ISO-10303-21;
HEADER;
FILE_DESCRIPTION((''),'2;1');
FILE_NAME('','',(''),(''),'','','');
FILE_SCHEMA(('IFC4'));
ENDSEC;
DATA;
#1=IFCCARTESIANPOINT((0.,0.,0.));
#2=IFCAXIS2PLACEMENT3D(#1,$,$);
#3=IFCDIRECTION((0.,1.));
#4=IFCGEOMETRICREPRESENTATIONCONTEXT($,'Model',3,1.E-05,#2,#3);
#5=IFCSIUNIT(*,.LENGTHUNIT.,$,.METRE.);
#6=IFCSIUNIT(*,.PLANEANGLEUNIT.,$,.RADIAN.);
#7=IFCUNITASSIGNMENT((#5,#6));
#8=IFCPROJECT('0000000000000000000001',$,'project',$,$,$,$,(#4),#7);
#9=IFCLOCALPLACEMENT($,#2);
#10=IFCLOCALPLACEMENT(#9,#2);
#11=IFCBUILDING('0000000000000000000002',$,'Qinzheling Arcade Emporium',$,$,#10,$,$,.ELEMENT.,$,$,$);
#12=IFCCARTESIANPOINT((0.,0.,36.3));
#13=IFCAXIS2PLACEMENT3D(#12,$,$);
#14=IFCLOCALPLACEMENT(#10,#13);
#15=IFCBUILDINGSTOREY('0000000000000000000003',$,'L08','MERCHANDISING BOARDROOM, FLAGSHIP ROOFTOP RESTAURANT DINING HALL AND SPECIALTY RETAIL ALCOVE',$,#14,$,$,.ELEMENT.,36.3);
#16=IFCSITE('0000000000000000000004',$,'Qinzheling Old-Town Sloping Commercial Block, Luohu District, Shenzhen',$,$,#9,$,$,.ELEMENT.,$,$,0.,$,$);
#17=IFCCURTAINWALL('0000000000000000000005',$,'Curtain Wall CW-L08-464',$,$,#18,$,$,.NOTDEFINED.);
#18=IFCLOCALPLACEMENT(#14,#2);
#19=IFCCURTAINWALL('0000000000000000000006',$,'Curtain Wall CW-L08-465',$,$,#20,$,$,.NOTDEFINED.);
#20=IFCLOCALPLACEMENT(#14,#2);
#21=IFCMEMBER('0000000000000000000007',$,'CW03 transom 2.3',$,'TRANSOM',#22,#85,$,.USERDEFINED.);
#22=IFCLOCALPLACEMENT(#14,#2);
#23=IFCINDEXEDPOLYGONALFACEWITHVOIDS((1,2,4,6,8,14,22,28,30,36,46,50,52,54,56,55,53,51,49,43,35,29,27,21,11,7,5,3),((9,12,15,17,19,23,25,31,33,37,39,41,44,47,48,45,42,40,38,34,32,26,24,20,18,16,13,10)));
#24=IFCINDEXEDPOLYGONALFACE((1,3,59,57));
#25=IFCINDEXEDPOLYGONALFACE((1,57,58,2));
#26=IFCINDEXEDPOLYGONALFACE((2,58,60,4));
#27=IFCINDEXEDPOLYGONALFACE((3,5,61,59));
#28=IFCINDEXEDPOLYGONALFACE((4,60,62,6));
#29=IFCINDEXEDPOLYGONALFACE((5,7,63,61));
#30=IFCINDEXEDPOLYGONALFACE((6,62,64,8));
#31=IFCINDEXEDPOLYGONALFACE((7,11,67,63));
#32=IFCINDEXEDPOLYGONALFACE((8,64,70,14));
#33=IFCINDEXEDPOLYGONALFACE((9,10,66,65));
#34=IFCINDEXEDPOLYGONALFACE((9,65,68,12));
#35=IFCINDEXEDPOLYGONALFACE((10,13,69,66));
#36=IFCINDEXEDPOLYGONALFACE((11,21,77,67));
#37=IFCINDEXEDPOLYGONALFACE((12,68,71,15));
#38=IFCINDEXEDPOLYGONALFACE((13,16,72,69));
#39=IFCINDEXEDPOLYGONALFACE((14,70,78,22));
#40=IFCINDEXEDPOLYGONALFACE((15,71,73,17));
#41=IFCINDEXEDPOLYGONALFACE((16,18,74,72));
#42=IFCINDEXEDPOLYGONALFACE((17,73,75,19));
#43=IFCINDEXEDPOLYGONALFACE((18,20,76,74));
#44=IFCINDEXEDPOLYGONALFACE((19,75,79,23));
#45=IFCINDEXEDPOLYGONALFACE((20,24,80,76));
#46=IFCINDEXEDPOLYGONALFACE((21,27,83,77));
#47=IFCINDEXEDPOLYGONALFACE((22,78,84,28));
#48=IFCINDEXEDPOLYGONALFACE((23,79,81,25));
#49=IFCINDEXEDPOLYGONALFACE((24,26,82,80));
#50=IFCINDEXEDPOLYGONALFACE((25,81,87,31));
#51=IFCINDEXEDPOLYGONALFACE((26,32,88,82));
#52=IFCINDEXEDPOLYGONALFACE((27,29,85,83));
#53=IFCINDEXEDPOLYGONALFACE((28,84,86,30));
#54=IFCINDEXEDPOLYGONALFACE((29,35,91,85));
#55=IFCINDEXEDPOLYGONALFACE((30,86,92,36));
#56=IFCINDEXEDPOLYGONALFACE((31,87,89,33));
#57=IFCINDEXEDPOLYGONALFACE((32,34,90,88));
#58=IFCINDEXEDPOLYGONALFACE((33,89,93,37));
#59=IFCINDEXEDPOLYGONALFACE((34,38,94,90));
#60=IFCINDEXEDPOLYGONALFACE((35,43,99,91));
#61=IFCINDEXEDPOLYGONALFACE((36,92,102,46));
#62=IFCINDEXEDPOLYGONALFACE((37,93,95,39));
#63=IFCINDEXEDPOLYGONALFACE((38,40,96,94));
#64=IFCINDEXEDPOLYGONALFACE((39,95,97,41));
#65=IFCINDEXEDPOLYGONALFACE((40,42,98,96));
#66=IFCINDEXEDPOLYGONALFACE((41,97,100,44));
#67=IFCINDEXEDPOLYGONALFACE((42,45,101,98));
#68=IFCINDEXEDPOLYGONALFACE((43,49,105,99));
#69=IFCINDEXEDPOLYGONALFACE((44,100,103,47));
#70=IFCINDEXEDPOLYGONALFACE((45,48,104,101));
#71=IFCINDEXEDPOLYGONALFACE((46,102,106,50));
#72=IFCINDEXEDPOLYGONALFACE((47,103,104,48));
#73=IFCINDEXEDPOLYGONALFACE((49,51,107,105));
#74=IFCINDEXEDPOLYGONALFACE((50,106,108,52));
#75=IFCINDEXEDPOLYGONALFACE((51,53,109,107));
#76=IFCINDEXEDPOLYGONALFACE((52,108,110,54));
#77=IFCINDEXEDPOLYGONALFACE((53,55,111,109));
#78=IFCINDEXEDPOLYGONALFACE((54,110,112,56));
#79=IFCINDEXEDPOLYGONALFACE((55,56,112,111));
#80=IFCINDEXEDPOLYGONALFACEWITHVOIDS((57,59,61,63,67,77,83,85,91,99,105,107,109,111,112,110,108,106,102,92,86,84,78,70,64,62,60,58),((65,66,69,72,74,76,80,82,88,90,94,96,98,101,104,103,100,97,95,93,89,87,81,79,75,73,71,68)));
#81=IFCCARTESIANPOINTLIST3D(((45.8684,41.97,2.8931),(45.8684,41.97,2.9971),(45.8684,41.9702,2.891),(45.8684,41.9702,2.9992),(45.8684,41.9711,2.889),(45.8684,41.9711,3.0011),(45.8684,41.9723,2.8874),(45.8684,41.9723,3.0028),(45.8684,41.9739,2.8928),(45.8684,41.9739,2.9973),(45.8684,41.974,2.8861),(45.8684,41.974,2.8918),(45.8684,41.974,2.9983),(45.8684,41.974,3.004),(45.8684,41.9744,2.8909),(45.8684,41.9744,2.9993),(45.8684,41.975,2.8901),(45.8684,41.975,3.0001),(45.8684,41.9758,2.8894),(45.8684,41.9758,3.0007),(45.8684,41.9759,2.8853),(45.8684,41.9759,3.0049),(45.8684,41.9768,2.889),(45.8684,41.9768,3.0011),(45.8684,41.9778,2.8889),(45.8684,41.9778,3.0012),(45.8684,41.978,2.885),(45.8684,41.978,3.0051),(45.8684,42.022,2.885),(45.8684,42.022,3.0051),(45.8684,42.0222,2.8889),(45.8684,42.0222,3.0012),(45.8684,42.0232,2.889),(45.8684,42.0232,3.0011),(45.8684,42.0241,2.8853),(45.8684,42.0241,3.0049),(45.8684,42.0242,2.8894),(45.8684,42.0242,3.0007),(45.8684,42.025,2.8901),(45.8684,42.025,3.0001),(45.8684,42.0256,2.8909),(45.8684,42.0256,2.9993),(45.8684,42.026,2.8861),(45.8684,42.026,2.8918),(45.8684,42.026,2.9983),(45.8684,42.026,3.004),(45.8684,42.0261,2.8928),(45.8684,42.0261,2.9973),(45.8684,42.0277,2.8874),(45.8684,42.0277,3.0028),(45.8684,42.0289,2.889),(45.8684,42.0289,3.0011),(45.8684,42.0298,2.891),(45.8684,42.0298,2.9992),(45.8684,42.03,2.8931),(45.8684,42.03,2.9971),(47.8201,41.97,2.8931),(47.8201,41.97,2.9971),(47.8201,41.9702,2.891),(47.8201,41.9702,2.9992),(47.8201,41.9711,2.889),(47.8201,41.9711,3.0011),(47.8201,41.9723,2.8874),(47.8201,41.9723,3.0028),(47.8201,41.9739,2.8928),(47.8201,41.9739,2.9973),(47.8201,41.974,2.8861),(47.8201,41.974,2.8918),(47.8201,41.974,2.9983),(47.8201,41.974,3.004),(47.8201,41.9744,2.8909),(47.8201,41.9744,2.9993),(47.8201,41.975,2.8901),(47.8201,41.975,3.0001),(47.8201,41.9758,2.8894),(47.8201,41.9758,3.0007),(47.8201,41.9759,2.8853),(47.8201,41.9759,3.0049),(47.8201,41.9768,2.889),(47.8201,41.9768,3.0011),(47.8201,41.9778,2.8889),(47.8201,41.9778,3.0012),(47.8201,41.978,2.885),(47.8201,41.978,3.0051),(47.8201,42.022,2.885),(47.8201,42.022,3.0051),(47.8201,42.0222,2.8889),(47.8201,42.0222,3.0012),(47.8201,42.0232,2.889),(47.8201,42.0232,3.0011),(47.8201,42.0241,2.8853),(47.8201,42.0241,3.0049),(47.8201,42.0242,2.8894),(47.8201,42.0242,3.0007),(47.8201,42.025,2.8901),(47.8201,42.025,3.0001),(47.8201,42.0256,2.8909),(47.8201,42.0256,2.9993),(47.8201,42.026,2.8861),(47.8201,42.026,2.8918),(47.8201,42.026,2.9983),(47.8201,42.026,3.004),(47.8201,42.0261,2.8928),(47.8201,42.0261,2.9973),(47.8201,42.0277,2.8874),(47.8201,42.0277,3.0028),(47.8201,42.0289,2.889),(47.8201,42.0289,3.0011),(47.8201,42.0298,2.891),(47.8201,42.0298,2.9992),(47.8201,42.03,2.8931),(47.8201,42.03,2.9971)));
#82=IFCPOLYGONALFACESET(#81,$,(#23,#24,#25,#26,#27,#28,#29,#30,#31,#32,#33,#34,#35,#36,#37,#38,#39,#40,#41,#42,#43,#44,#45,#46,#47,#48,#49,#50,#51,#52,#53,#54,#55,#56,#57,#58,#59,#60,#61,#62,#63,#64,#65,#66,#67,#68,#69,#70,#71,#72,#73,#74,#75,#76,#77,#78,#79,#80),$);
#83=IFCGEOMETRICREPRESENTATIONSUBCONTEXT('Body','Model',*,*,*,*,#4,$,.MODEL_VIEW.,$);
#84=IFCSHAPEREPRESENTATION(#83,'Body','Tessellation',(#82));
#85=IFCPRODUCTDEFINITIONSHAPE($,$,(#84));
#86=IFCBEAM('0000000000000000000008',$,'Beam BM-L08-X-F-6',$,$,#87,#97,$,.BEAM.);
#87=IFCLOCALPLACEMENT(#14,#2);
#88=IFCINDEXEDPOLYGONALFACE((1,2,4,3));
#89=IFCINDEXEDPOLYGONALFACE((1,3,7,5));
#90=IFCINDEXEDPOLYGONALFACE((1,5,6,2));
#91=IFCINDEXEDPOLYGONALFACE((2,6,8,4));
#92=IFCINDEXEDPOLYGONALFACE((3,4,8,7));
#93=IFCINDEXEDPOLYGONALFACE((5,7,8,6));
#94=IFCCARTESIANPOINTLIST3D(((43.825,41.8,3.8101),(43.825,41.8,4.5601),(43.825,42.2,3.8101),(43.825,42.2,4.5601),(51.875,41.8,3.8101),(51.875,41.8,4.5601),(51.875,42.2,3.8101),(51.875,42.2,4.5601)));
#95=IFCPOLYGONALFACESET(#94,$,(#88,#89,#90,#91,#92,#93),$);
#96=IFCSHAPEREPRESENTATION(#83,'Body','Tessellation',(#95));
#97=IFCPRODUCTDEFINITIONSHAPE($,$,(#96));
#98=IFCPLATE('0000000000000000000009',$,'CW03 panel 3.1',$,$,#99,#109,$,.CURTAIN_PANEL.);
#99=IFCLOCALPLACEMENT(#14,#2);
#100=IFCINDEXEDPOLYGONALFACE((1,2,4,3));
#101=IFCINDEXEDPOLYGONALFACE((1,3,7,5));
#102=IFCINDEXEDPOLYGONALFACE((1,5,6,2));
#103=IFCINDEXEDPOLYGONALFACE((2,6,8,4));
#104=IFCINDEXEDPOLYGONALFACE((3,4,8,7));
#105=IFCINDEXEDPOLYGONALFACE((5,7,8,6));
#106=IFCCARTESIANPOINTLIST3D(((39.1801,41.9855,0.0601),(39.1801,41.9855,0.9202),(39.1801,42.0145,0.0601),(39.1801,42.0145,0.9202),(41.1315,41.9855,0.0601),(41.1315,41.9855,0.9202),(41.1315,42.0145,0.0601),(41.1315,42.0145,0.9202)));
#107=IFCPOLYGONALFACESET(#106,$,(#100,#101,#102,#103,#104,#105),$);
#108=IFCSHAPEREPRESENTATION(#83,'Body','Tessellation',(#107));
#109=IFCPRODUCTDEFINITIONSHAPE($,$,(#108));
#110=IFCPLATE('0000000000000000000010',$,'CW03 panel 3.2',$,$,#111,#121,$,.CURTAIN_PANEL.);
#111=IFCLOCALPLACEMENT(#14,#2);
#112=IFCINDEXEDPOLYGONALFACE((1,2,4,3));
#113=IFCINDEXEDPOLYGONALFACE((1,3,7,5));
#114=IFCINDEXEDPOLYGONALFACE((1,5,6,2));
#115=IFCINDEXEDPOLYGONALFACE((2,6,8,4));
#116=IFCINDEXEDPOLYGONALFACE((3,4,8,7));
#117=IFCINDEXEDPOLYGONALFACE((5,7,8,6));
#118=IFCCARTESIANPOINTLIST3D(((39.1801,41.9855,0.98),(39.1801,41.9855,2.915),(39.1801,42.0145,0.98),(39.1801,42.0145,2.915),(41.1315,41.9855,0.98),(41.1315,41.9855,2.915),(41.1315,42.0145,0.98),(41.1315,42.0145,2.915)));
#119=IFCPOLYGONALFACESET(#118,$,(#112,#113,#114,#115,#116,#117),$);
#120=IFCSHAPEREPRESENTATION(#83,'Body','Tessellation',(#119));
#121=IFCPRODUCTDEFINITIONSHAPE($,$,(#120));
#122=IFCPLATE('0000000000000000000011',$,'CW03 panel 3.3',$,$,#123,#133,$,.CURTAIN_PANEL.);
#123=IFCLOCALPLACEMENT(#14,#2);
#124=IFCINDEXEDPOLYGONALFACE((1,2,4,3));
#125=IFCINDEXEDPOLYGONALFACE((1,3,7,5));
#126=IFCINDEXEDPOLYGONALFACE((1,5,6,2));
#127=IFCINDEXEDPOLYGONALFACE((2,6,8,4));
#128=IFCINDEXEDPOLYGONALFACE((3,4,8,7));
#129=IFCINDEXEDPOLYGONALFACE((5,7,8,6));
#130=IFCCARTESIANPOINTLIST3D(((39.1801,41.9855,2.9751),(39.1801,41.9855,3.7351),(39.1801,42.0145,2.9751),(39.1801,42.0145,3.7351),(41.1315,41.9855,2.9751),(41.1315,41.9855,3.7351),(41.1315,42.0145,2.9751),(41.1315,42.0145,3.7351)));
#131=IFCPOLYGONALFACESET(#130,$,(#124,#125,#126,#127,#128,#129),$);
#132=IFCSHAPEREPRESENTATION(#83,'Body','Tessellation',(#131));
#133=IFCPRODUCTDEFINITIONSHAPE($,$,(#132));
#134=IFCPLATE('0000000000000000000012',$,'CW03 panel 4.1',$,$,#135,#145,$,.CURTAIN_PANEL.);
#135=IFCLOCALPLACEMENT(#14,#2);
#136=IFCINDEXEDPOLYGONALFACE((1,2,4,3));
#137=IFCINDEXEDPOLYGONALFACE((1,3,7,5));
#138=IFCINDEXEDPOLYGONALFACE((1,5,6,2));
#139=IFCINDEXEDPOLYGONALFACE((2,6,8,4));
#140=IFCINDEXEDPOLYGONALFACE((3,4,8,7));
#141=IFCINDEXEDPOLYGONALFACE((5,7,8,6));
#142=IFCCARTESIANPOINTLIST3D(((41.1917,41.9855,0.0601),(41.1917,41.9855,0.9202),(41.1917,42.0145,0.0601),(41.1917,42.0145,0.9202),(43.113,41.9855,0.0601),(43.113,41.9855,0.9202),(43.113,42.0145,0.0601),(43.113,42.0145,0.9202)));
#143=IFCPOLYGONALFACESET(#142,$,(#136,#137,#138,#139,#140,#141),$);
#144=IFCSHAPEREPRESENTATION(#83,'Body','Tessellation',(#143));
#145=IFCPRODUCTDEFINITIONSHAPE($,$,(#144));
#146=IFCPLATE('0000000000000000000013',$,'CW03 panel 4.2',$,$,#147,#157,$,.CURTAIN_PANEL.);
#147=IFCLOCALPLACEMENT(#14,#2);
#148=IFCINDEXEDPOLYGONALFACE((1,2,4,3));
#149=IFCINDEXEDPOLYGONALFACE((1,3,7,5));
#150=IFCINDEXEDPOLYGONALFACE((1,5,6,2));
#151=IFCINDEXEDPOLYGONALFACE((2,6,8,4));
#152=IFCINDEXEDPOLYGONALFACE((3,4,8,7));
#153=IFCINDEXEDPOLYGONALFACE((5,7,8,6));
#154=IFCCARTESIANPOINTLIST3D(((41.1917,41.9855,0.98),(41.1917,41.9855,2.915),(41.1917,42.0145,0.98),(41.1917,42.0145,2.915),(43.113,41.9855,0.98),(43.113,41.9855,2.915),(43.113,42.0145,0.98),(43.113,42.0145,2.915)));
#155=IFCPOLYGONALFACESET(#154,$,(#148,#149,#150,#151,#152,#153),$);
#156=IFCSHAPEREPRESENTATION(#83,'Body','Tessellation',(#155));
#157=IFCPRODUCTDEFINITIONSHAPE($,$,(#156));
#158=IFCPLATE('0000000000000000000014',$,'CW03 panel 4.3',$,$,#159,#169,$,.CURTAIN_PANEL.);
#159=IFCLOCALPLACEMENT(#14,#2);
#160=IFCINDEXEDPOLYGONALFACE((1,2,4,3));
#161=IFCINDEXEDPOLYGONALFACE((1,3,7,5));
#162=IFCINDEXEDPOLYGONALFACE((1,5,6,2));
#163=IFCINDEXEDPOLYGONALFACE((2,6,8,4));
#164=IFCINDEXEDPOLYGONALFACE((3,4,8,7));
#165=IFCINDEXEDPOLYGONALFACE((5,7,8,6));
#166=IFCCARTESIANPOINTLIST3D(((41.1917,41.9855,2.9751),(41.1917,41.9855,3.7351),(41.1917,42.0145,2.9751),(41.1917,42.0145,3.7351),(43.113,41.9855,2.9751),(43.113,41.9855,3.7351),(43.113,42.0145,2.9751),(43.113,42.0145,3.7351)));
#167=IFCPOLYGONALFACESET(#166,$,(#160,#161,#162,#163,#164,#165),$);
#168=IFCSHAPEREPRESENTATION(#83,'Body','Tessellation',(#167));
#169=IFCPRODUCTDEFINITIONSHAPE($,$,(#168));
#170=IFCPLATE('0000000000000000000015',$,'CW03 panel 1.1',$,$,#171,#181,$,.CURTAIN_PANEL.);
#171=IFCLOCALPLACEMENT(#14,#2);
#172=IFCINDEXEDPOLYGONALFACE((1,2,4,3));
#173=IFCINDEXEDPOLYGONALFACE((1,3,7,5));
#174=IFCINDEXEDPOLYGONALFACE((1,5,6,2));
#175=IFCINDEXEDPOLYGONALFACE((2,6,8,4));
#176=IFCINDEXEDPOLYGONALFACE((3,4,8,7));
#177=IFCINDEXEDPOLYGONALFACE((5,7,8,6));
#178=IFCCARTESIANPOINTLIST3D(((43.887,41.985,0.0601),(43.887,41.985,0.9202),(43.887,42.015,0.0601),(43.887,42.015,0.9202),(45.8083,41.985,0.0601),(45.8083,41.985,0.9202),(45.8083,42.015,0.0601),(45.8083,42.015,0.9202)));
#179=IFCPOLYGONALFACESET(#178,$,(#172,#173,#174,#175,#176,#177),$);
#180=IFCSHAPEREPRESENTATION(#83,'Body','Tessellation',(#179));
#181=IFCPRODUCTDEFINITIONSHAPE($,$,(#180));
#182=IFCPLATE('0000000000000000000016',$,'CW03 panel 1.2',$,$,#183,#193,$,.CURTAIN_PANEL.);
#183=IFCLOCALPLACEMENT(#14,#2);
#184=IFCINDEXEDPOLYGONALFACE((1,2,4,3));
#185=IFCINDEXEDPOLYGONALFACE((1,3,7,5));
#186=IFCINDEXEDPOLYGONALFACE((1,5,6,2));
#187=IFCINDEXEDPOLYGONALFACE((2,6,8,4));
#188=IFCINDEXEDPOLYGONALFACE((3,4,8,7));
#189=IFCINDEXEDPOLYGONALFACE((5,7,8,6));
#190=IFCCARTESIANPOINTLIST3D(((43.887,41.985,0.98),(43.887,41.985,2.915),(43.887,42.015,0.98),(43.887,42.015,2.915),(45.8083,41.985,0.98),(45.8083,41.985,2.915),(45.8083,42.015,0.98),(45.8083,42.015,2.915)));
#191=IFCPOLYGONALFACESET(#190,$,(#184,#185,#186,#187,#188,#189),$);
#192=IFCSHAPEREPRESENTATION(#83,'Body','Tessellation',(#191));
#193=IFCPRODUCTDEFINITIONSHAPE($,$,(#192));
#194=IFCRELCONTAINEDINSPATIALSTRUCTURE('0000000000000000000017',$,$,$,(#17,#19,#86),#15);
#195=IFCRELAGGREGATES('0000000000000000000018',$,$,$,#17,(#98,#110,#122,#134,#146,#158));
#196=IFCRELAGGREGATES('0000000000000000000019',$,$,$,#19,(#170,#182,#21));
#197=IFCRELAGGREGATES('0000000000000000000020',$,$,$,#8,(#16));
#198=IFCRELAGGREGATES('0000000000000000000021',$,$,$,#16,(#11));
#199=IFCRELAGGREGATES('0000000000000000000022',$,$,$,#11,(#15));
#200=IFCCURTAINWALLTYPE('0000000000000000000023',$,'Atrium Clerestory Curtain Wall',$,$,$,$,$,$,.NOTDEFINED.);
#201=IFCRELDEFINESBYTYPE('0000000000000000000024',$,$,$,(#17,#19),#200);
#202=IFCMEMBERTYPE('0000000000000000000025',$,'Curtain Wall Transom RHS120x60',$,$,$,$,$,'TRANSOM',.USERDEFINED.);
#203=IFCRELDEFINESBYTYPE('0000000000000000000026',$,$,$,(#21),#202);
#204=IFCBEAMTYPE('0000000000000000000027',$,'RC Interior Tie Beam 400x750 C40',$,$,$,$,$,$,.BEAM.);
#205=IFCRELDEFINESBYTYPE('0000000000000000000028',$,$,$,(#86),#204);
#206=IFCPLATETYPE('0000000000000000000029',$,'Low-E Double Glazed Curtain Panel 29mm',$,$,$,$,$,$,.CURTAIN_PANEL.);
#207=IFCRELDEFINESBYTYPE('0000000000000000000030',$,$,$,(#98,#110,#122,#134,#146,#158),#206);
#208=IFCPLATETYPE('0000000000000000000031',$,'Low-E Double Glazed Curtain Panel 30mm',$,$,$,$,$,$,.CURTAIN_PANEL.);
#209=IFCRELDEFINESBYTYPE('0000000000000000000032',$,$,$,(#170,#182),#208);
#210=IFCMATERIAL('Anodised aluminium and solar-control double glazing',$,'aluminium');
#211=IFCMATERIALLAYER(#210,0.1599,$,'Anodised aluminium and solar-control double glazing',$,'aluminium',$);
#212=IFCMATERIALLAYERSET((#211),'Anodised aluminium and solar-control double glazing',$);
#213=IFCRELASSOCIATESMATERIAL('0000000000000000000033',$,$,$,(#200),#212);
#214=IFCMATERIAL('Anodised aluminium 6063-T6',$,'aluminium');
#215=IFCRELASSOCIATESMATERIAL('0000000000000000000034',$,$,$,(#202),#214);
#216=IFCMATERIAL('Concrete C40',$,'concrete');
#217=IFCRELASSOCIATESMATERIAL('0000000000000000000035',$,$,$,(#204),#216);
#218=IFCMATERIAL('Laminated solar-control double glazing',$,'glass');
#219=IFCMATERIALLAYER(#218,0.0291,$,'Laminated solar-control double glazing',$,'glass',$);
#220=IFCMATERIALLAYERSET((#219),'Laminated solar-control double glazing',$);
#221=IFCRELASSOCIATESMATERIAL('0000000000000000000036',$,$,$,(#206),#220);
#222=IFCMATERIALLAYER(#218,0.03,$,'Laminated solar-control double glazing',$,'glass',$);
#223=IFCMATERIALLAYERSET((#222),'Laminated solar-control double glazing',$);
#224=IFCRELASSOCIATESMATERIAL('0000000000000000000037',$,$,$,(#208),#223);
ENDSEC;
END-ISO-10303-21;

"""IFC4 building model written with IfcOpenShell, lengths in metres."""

from ifc_helpers import new_model, si_unit, direction, frame, origin, origin_2d, place, context, subcontext, project, spatial, rectangle, hollow_rectangle, extrude, material, layer, layer_set, material_profile, profile_set, type_object, element, aggregate, save


model = new_model("IFC4")

# Units and contexts
model_context = context("Model", 3, precision=1e-05, world=origin(), true_north=direction((0.0, 1.0)))
body_context = subcontext(model_context, "Body", "Model", "MODEL_VIEW")
ifc_project = project(units=[si_unit("LENGTHUNIT", "METRE"), si_unit("PLANEANGLEUNIT", "RADIAN")], contexts=[model_context])

# Site, building, storey
site_placement = place(None, origin())
site = spatial("IfcSite", under=ifc_project, at=site_placement, Name="Qinzheling Old-Town Sloping Commercial Block, Luohu District, Shenzhen", CompositionType="ELEMENT", RefElevation=0.0)
building_placement = place(site_placement, origin())
building = spatial("IfcBuilding", under=site, at=building_placement, Name="Qinzheling Arcade Emporium", CompositionType="ELEMENT")
storey_placement = place(building_placement, frame((0.0, 0.0, 36.3)))
storey = spatial("IfcBuildingStorey", under=building, at=storey_placement, Name="L08", Description="MERCHANDISING BOARDROOM, FLAGSHIP ROOFTOP RESTAURANT DINING HALL AND SPECIALTY RETAIL ALCOVE", CompositionType="ELEMENT", Elevation=36.3)

# Shared definitions
ifc_material_1 = material(Name="Concrete C40", Category="concrete")

# Curtain walls
ifc_material_2 = material(Name="Anodised aluminium and solar-control double glazing", Category="aluminium")
ifc_layer_1 = layer(ifc_material_2, 0.1599, Name="Anodised aluminium and solar-control double glazing", Category="aluminium")
ifc_layer_set_1 = layer_set([ifc_layer_1], Name="Anodised aluminium and solar-control double glazing")
curtain_wall_type = type_object("IfcCurtainWallType", Name="Atrium Clerestory Curtain Wall", PredefinedType="NOTDEFINED", material=ifc_layer_set_1)
curtain_wall_1_placement = place(storey_placement, origin())
curtain_wall_1 = element("IfcCurtainWall", 1, at=curtain_wall_1_placement, inside=storey, type_object=curtain_wall_type, Name="Curtain Wall CW-L08-464", PredefinedType="NOTDEFINED")
ifc_material_3 = material(Name="Anodised aluminium 6063-T6", Category="aluminium")
curtain_wall_2_placement = place(storey_placement, origin())
curtain_wall_2 = element("IfcCurtainWall", 2, at=curtain_wall_2_placement, inside=storey, type_object=curtain_wall_type, Name="Curtain Wall CW-L08-465", PredefinedType="NOTDEFINED")

# Member
ifc_material_profile_1 = material_profile(ifc_material_3, hollow_rectangle(XDim=0.0601, YDim=0.1201, WallThickness=0.0039, InnerFilletRadius=0.0039, OuterFilletRadius=0.0081, at=origin_2d()), Name="RHS 120x60x4", Category="aluminium")
ifc_profile_set_1 = profile_set([ifc_material_profile_1], Name="Anodised aluminium 6063-T6")
member_type_1 = type_object("IfcMemberType", Name="Curtain Wall Transom RHS120x60", ElementType="TRANSOM", PredefinedType="USERDEFINED", material=ifc_profile_set_1)
member_1_placement = place(storey_placement, frame((45.8684, 42.0, 2.9451), z_axis=(1.0, 0.0, 0.0), x_axis=(0.0, 1.0, 0.0)))
member_1 = element("IfcMember", 3, at=member_1_placement, type_object=member_type_1, Name="CW03 transom 2.3", ObjectType="TRANSOM", PredefinedType="USERDEFINED", context=body_context, shape_type="SweptSolid", body=[
    extrude(hollow_rectangle(XDim=0.0601, YDim=0.1201, WallThickness=0.0039, InnerFilletRadius=0.0039, OuterFilletRadius=0.0081, at=origin_2d()), origin(), (0.0, 0.0, 1.0), 1.9517),
])

# Beam
ifc_material_profile_2 = material_profile(ifc_material_1, rectangle(XDim=0.3999, YDim=0.75, at=origin_2d()), Name="RC 400x750", Category="concrete")
ifc_profile_set_2 = profile_set([ifc_material_profile_2], Name="Concrete C40")
beam_type = type_object("IfcBeamType", Name="RC Interior Tie Beam 400x750 C40", PredefinedType="BEAM", material=ifc_profile_set_2)
beam_placement = place(storey_placement, frame((43.825, 42.0, 4.1851), z_axis=(1.0, 0.0, 0.0), x_axis=(0.0, 1.0, 0.0)))
element("IfcBeam", 4, at=beam_placement, inside=storey, type_object=beam_type, Name="Beam BM-L08-X-F-6", PredefinedType="BEAM", context=body_context, shape_type="SweptSolid", body=[
    extrude(rectangle(XDim=0.3999, YDim=0.75, at=origin_2d()), origin(), (0.0, 0.0, 1.0), 8.05),
])

# Plates
ifc_material_4 = material(Name="Laminated solar-control double glazing", Category="glass")
ifc_layer_2 = layer(ifc_material_4, 0.0291, Name="Laminated solar-control double glazing", Category="glass")
ifc_layer_set_2 = layer_set([ifc_layer_2], Name="Laminated solar-control double glazing")
plate_type_1 = type_object("IfcPlateType", Name="Low-E Double Glazed Curtain Panel 29mm", PredefinedType="CURTAIN_PANEL", material=ifc_layer_set_2)
plate_1_placement = place(storey_placement, frame((40.1558, 42.0, 0.0601), z_axis=(0.0, 0.0, 1.0), x_axis=(1.0, 0.0, 0.0)))
plate_1 = element("IfcPlate", 5, at=plate_1_placement, type_object=plate_type_1, Name="CW03 panel 3.1", PredefinedType="CURTAIN_PANEL", context=body_context, shape_type="SweptSolid", body=[
    extrude(rectangle(XDim=1.9514, YDim=0.0291, at=origin_2d()), origin(), (0.0, 0.0, 1.0), 0.8601),
])
plate_2_placement = place(storey_placement, frame((40.1558, 42.0, 0.98), z_axis=(0.0, 0.0, 1.0), x_axis=(1.0, 0.0, 0.0)))
plate_2 = element("IfcPlate", 6, at=plate_2_placement, type_object=plate_type_1, Name="CW03 panel 3.2", PredefinedType="CURTAIN_PANEL", context=body_context, shape_type="SweptSolid", body=[
    extrude(rectangle(XDim=1.9514, YDim=0.0291, at=origin_2d()), origin(), (0.0, 0.0, 1.0), 1.9351),
])
plate_3_placement = place(storey_placement, frame((40.1558, 42.0, 2.9751), z_axis=(0.0, 0.0, 1.0), x_axis=(1.0, 0.0, 0.0)))
plate_3 = element("IfcPlate", 7, at=plate_3_placement, type_object=plate_type_1, Name="CW03 panel 3.3", PredefinedType="CURTAIN_PANEL", context=body_context, shape_type="SweptSolid", body=[
    extrude(rectangle(XDim=1.9514, YDim=0.0291, at=origin_2d()), origin(), (0.0, 0.0, 1.0), 0.76),
])
plate_4_placement = place(storey_placement, frame((42.1523, 42.0, 0.0601), z_axis=(0.0, 0.0, 1.0), x_axis=(1.0, 0.0, 0.0)))
plate_4 = element("IfcPlate", 8, at=plate_4_placement, type_object=plate_type_1, Name="CW03 panel 4.1", PredefinedType="CURTAIN_PANEL", context=body_context, shape_type="SweptSolid", body=[
    extrude(rectangle(XDim=1.9214, YDim=0.0291, at=origin_2d()), origin(), (0.0, 0.0, 1.0), 0.8601),
])
plate_5_placement = place(storey_placement, frame((42.1523, 42.0, 0.98), z_axis=(0.0, 0.0, 1.0), x_axis=(1.0, 0.0, 0.0)))
plate_5 = element("IfcPlate", 9, at=plate_5_placement, type_object=plate_type_1, Name="CW03 panel 4.2", PredefinedType="CURTAIN_PANEL", context=body_context, shape_type="SweptSolid", body=[
    extrude(rectangle(XDim=1.9214, YDim=0.0291, at=origin_2d()), origin(), (0.0, 0.0, 1.0), 1.9351),
])
plate_6_placement = place(storey_placement, frame((42.1523, 42.0, 2.9751), z_axis=(0.0, 0.0, 1.0), x_axis=(1.0, 0.0, 0.0)))
plate_6 = element("IfcPlate", 10, at=plate_6_placement, type_object=plate_type_1, Name="CW03 panel 4.3", PredefinedType="CURTAIN_PANEL", context=body_context, shape_type="SweptSolid", body=[
    extrude(rectangle(XDim=1.9214, YDim=0.0291, at=origin_2d()), origin(), (0.0, 0.0, 1.0), 0.76),
])
aggregate(curtain_wall_1, [plate_1, plate_2, plate_3, plate_4, plate_5, plate_6])
ifc_layer_3 = layer(ifc_material_4, 0.03, Name="Laminated solar-control double glazing", Category="glass")
ifc_layer_set_3 = layer_set([ifc_layer_3], Name="Laminated solar-control double glazing")
plate_type_2 = type_object("IfcPlateType", Name="Low-E Double Glazed Curtain Panel 30mm", PredefinedType="CURTAIN_PANEL", material=ifc_layer_set_3)
plate_7_placement = place(storey_placement, frame((44.8477, 42.0, 0.0601), z_axis=(0.0, 0.0, 1.0), x_axis=(1.0, 0.0, 0.0)))
plate_7 = element("IfcPlate", 11, at=plate_7_placement, type_object=plate_type_2, Name="CW03 panel 1.1", PredefinedType="CURTAIN_PANEL", context=body_context, shape_type="SweptSolid", body=[
    extrude(rectangle(XDim=1.9214, YDim=0.03, at=origin_2d()), origin(), (0.0, 0.0, 1.0), 0.8601),
])
plate_8_placement = place(storey_placement, frame((44.8477, 42.0, 0.98), z_axis=(0.0, 0.0, 1.0), x_axis=(1.0, 0.0, 0.0)))
plate_8 = element("IfcPlate", 12, at=plate_8_placement, type_object=plate_type_2, Name="CW03 panel 1.2", PredefinedType="CURTAIN_PANEL", context=body_context, shape_type="SweptSolid", body=[
    extrude(rectangle(XDim=1.9214, YDim=0.03, at=origin_2d()), origin(), (0.0, 0.0, 1.0), 1.9351),
])
aggregate(curtain_wall_2, [plate_7, plate_8, member_1])

save(model, "model.ifc")
